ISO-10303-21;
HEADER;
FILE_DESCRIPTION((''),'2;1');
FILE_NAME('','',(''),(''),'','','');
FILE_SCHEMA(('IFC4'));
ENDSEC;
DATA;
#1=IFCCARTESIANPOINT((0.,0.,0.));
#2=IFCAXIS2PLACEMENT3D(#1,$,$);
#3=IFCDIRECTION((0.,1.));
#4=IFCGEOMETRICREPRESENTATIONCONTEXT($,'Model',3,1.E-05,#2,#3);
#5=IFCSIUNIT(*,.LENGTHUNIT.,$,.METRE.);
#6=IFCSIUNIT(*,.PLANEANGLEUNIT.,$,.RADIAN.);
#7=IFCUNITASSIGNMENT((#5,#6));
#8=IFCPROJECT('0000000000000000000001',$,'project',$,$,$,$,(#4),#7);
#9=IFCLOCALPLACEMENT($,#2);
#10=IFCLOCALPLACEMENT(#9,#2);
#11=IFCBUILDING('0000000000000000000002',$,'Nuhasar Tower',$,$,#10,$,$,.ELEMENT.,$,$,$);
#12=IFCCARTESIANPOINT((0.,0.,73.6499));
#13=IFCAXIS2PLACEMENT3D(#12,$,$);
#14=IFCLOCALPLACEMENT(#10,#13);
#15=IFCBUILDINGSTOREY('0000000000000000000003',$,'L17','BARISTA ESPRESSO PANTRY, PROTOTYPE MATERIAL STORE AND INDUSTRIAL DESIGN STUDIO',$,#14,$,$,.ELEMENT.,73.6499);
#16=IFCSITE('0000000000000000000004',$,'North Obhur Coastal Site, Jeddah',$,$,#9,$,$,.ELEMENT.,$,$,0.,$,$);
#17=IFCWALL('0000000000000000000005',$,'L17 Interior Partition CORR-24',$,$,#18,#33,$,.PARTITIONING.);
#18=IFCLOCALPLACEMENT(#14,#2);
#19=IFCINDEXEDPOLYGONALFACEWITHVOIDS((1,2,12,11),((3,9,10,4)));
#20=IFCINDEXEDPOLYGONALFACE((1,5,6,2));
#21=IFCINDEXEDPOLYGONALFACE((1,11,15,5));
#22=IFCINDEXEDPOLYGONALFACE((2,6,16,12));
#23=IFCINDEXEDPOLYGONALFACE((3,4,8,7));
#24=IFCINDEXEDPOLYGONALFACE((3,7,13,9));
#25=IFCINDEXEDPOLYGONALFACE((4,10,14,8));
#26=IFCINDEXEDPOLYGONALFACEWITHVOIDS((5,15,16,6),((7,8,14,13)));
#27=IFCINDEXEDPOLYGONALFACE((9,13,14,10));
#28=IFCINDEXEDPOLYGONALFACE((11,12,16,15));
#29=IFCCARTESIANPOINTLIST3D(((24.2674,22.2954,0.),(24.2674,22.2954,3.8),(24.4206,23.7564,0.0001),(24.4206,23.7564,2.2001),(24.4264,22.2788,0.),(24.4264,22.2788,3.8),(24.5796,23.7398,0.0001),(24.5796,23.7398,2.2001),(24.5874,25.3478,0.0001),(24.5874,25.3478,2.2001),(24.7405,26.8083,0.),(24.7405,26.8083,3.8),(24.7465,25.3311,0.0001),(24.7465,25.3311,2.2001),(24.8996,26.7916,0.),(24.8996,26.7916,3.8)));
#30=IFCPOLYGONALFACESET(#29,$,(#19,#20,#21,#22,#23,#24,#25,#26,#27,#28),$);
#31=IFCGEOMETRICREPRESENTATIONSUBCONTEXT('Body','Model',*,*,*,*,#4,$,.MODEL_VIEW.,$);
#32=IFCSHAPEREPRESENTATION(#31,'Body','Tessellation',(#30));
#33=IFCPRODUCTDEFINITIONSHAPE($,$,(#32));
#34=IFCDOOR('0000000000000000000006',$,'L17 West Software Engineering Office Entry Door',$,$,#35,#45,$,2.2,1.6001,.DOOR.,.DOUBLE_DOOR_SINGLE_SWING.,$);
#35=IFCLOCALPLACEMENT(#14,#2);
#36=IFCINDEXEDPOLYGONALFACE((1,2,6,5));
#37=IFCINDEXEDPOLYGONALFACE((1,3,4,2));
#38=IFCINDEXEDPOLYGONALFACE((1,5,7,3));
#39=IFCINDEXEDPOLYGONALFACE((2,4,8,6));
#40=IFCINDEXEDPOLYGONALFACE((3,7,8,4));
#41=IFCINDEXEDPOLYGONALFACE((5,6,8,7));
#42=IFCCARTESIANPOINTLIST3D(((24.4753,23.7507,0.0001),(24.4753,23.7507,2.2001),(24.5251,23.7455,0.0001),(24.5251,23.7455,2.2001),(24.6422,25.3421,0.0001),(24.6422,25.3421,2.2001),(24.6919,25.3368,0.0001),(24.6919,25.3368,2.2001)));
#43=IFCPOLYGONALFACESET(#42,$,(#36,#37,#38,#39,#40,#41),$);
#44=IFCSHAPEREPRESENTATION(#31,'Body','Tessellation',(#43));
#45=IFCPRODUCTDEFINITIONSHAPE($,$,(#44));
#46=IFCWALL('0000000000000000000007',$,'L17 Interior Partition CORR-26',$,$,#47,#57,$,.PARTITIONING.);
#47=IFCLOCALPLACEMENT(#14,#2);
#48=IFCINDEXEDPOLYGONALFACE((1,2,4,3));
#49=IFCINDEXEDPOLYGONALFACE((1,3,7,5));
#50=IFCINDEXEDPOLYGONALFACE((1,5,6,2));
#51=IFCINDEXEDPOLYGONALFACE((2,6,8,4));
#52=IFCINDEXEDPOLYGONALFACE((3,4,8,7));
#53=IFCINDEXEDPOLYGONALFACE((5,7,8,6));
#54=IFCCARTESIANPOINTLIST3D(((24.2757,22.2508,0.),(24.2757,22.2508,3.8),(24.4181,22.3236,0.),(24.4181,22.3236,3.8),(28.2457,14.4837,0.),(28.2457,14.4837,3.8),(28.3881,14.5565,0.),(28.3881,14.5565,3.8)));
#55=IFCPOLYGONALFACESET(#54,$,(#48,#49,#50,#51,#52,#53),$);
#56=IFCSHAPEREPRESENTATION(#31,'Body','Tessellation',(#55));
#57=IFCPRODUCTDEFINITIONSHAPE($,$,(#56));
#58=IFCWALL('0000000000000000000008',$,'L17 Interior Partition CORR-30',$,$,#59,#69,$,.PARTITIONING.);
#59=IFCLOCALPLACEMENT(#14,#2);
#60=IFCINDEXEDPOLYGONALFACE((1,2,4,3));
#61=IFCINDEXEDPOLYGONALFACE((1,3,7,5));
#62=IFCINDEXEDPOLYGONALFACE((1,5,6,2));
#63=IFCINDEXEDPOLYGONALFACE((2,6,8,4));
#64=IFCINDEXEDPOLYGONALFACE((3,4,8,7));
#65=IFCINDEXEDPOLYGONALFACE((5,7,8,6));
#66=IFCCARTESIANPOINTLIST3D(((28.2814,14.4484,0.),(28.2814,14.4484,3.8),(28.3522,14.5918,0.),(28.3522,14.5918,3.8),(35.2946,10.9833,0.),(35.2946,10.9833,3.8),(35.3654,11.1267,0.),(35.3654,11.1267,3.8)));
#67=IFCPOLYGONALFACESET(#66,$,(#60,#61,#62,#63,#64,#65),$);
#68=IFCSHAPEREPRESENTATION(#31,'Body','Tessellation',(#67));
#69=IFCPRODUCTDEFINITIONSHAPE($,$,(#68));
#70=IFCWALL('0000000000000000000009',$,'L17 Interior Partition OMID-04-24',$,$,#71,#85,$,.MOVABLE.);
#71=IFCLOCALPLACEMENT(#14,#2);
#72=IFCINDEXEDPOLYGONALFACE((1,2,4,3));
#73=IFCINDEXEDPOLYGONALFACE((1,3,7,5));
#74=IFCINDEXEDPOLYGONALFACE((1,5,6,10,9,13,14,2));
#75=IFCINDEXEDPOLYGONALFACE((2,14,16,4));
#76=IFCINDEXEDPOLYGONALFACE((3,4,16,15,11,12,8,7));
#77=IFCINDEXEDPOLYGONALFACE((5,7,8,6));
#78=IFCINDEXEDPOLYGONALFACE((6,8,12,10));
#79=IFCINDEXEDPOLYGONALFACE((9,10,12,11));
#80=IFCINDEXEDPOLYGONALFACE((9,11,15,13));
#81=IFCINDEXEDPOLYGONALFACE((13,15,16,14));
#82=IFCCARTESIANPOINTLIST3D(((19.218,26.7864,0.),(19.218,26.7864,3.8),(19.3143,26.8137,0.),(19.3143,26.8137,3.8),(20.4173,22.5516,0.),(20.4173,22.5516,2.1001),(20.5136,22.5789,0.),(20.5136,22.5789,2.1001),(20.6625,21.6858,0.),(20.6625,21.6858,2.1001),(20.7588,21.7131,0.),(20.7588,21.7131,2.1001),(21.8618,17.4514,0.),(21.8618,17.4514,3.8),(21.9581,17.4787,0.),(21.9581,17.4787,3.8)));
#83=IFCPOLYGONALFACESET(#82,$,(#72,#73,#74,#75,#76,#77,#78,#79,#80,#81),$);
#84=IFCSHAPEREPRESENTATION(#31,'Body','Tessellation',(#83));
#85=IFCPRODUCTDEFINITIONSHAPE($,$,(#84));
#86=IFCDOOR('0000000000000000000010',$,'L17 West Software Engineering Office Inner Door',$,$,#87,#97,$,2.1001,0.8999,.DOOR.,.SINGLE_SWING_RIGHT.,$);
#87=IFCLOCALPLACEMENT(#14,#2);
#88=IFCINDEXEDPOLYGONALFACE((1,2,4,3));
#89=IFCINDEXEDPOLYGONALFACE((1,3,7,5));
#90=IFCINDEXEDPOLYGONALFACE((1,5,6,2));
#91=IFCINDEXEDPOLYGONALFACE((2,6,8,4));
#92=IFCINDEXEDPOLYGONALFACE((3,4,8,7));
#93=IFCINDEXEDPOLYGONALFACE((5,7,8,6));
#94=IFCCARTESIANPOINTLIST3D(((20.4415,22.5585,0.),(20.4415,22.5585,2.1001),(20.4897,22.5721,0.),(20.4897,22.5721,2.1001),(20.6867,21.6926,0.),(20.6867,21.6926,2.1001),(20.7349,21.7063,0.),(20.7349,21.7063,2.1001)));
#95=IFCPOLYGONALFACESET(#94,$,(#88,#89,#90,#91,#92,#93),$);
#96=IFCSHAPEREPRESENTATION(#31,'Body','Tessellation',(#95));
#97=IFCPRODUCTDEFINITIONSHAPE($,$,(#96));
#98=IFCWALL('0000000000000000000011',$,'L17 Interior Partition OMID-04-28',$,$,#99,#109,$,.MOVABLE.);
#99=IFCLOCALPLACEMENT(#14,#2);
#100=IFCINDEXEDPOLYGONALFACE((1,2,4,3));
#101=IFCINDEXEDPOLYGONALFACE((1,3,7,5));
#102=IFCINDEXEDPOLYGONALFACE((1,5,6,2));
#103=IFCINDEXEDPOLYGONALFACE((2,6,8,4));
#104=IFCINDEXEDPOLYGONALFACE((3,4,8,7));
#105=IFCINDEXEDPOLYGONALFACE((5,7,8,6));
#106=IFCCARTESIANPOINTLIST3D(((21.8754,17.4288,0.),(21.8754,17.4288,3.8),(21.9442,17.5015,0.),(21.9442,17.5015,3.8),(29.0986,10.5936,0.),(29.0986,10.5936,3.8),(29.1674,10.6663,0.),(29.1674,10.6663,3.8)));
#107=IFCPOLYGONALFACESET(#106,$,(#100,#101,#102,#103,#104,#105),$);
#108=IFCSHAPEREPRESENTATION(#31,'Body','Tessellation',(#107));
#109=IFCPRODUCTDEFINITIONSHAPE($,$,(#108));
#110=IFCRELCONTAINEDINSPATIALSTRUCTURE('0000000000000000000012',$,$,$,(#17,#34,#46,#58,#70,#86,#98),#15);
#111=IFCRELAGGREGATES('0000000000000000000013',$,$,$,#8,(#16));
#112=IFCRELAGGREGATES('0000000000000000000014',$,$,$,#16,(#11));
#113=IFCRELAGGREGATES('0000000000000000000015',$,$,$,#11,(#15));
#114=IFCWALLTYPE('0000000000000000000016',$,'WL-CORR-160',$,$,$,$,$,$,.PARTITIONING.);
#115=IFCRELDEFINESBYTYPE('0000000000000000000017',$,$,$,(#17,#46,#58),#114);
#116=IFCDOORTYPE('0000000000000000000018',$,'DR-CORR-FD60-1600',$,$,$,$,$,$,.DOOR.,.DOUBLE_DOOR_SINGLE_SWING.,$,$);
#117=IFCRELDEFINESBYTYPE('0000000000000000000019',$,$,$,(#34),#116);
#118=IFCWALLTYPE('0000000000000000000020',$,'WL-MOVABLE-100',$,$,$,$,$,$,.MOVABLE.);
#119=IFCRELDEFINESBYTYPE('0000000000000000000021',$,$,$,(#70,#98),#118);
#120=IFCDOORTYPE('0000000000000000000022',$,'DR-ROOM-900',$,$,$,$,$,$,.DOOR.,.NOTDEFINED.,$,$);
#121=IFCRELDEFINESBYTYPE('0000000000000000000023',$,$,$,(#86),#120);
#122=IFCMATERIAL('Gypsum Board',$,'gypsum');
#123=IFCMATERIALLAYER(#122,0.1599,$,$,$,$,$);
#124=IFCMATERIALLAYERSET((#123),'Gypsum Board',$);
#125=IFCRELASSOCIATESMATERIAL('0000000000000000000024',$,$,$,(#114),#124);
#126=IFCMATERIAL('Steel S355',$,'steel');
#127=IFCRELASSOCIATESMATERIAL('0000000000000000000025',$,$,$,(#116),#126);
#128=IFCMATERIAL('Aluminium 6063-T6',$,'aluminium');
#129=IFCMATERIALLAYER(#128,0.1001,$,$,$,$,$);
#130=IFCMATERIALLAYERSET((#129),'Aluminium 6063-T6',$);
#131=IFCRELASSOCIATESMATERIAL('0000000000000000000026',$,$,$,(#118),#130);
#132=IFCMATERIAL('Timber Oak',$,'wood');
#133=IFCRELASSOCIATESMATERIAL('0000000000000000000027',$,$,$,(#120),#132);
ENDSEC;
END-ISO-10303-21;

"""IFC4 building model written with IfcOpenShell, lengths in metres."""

from ifc_helpers import new_model, si_unit, direction, frame, frame_2d, origin, place, context, subcontext, project, spatial, rectangle, extrude, material, layer, layer_set, type_object, element, fill, save


model = new_model("IFC4")

# Units and contexts
model_context = context("Model", 3, precision=1e-05, world=origin(), true_north=direction((0.0, 1.0)))
body_context = subcontext(model_context, "Body", "Model", "MODEL_VIEW")
ifc_project = project(units=[si_unit("LENGTHUNIT", "METRE"), si_unit("PLANEANGLEUNIT", "RADIAN")], contexts=[model_context])

# Site, building, storey
site_placement = place(None, origin())
site = spatial("IfcSite", under=ifc_project, at=site_placement, Name="North Obhur Coastal Site, Jeddah", CompositionType="ELEMENT", RefElevation=0.0)
building_placement = place(site_placement, origin())
building = spatial("IfcBuilding", under=site, at=building_placement, Name="Nuhasar Tower", CompositionType="ELEMENT")
storey_placement = place(building_placement, frame((0.0, 0.0, 73.6499)))
storey = spatial("IfcBuildingStorey", under=building, at=storey_placement, Name="L17", Description="BARISTA ESPRESSO PANTRY, PROTOTYPE MATERIAL STORE AND INDUSTRIAL DESIGN STUDIO", CompositionType="ELEMENT", Elevation=73.6499)

# Shared definitions
ifc_material_1 = material(Name="Steel S355", Category="steel")

# Shared definitions
ifc_material_2 = material(Name="Aluminium 6063-T6", Category="aluminium")

# Wall, opening, door
ifc_material_3 = material(Name="Gypsum Board", Category="gypsum")
ifc_layer_1 = layer(ifc_material_3, 0.1599)
ifc_layer_set_1 = layer_set([ifc_layer_1], Name="Gypsum Board")
wall_type_1 = type_object("IfcWallType", Name="WL-CORR-160", PredefinedType="PARTITIONING", material=ifc_layer_set_1)
wall_1_placement = place(storey_placement, frame((24.3469, 22.2871, 0.0), z_axis=(0.0, 0.0, 1.0), x_axis=(0.10427, 0.994549, 0.0)))
wall_1 = element("IfcWall", 1, at=wall_1_placement, inside=storey, type_object=wall_type_1, Name="L17 Interior Partition CORR-24", PredefinedType="PARTITIONING", context=body_context, shape_type="SweptSolid", body=[
    extrude(rectangle(XDim=4.5376, YDim=0.1599, at=frame_2d((2.2688, 0.0))), origin(), (0.0, 0.0, 1.0), 3.8),
])
opening_1_placement = place(wall_1_placement, frame((1.469, 0.0, 0.0)))
opening_1 = element("IfcOpeningElement", 2, at=opening_1_placement, cuts=wall_1, PredefinedType="OPENING", context=body_context, shape_type="SweptSolid", body=[
    extrude(rectangle(XDim=1.6001, YDim=2.2, at=frame_2d((0.8, 1.1001))), frame((0.0, 0.0898, 0.0), z_axis=(0.0, -1.0, 0.0), x_axis=(1.0, 0.0, 0.0)), (0.0, 0.0, 1.0), 0.1799),
])
door_type_1 = type_object("IfcDoorType", Name="DR-CORR-FD60-1600", OperationType="DOUBLE_DOOR_SINGLE_SWING", PredefinedType="DOOR", material=ifc_material_1)
door_1_placement = place(opening_1_placement, origin())
door_1 = element("IfcDoor", 3, at=door_1_placement, inside=storey, type_object=door_type_1, Name="L17 West Software Engineering Office Entry Door", OperationType="DOUBLE_DOOR_SINGLE_SWING", OverallHeight=2.2, OverallWidth=1.6001, PredefinedType="DOOR", context=body_context, shape_type="SweptSolid", body=[
    extrude(rectangle(XDim=1.6001, YDim=2.2, at=frame_2d((0.8, 1.1001))), frame((0.0, 0.0249, 0.0), z_axis=(0.0, -1.0, 0.0), x_axis=(1.0, 0.0, 0.0)), (0.0, 0.0, 1.0), 0.05),
])
fill(opening_1, door_1)

# Walls
wall_2_placement = place(storey_placement, frame((24.3469, 22.2871, 0.0), z_axis=(0.0, 0.0, 1.0), x_axis=(0.455122, -0.890429, 0.0)))
element("IfcWall", 4, at=wall_2_placement, inside=storey, type_object=wall_type_1, Name="L17 Interior Partition CORR-26", PredefinedType="PARTITIONING", context=body_context, shape_type="SweptSolid", body=[
    extrude(rectangle(XDim=8.7229, YDim=0.1599, at=frame_2d((4.3613, 0.0))), origin(), (0.0, 0.0, 1.0), 3.8),
])
wall_3_placement = place(storey_placement, frame((28.3169, 14.52, 0.0), z_axis=(0.0, 0.0, 1.0), x_axis=(0.896539, -0.442964, 0.0)))
element("IfcWall", 5, at=wall_3_placement, inside=storey, type_object=wall_type_1, Name="L17 Interior Partition CORR-30", PredefinedType="PARTITIONING", context=body_context, shape_type="SweptSolid", body=[
    extrude(rectangle(XDim=7.8225, YDim=0.1599, at=frame_2d((3.9111, 0.0))), origin(), (0.0, 0.0, 1.0), 3.8),
])

# Wall, opening, door
ifc_layer_2 = layer(ifc_material_2, 0.1001)
ifc_layer_set_2 = layer_set([ifc_layer_2], Name="Aluminium 6063-T6")
wall_type_2 = type_object("IfcWallType", Name="WL-MOVABLE-100", PredefinedType="MOVABLE", material=ifc_layer_set_2)
wall_4_placement = place(storey_placement, frame((21.9099, 17.4651, 0.0), z_axis=(0.0, 0.0, 1.0), x_axis=(-0.272497, 0.962157, 0.0)))
wall_4 = element("IfcWall", 6, at=wall_4_placement, inside=storey, type_object=wall_type_2, Name="L17 Interior Partition OMID-04-24", PredefinedType="MOVABLE", context=body_context, shape_type="SweptSolid", body=[
    extrude(rectangle(XDim=9.7021, YDim=0.1001, at=frame_2d((4.8511, 0.0))), origin(), (0.0, 0.0, 1.0), 3.8),
])
opening_2_placement = place(wall_4_placement, frame((4.4009, 0.0, 0.0)))
opening_2 = element("IfcOpeningElement", 7, at=opening_2_placement, cuts=wall_4, PredefinedType="OPENING", context=body_context, shape_type="SweptSolid", body=[
    extrude(rectangle(XDim=0.8999, YDim=2.1001, at=frame_2d((0.45, 1.05))), frame((0.0, 0.0601, 0.0), z_axis=(0.0, -1.0, 0.0), x_axis=(1.0, 0.0, 0.0)), (0.0, 0.0, 1.0), 0.1201),
])
ifc_material_4 = material(Name="Timber Oak", Category="wood")
door_type_2 = type_object("IfcDoorType", Name="DR-ROOM-900", OperationType="NOTDEFINED", PredefinedType="DOOR", material=ifc_material_4)
door_2_placement = place(opening_2_placement, origin())
door_2 = element("IfcDoor", 8, at=door_2_placement, inside=storey, type_object=door_type_2, Name="L17 West Software Engineering Office Inner Door", OperationType="SINGLE_SWING_RIGHT", OverallHeight=2.1001, OverallWidth=0.8999, PredefinedType="DOOR", context=body_context, shape_type="SweptSolid", body=[
    extrude(rectangle(XDim=0.8999, YDim=2.1001, at=frame_2d((0.45, 1.05))), frame((0.0, 0.0249, 0.0), z_axis=(0.0, -1.0, 0.0), x_axis=(1.0, 0.0, 0.0)), (0.0, 0.0, 1.0), 0.05),
])
fill(opening_2, door_2)

# Wall
wall_5_placement = place(storey_placement, frame((21.9099, 17.4651, 0.0), z_axis=(0.0, 0.0, 1.0), x_axis=(0.726343, -0.687333, 0.0)))
element("IfcWall", 9, at=wall_5_placement, inside=storey, type_object=wall_type_2, Name="L17 Interior Partition OMID-04-28", PredefinedType="MOVABLE", context=body_context, shape_type="SweptSolid", body=[
    extrude(rectangle(XDim=9.9446, YDim=0.1001, at=frame_2d((4.9722, 0.0))), origin(), (0.0, 0.0, 1.0), 3.8),
])

save(model, "model.ifc")
